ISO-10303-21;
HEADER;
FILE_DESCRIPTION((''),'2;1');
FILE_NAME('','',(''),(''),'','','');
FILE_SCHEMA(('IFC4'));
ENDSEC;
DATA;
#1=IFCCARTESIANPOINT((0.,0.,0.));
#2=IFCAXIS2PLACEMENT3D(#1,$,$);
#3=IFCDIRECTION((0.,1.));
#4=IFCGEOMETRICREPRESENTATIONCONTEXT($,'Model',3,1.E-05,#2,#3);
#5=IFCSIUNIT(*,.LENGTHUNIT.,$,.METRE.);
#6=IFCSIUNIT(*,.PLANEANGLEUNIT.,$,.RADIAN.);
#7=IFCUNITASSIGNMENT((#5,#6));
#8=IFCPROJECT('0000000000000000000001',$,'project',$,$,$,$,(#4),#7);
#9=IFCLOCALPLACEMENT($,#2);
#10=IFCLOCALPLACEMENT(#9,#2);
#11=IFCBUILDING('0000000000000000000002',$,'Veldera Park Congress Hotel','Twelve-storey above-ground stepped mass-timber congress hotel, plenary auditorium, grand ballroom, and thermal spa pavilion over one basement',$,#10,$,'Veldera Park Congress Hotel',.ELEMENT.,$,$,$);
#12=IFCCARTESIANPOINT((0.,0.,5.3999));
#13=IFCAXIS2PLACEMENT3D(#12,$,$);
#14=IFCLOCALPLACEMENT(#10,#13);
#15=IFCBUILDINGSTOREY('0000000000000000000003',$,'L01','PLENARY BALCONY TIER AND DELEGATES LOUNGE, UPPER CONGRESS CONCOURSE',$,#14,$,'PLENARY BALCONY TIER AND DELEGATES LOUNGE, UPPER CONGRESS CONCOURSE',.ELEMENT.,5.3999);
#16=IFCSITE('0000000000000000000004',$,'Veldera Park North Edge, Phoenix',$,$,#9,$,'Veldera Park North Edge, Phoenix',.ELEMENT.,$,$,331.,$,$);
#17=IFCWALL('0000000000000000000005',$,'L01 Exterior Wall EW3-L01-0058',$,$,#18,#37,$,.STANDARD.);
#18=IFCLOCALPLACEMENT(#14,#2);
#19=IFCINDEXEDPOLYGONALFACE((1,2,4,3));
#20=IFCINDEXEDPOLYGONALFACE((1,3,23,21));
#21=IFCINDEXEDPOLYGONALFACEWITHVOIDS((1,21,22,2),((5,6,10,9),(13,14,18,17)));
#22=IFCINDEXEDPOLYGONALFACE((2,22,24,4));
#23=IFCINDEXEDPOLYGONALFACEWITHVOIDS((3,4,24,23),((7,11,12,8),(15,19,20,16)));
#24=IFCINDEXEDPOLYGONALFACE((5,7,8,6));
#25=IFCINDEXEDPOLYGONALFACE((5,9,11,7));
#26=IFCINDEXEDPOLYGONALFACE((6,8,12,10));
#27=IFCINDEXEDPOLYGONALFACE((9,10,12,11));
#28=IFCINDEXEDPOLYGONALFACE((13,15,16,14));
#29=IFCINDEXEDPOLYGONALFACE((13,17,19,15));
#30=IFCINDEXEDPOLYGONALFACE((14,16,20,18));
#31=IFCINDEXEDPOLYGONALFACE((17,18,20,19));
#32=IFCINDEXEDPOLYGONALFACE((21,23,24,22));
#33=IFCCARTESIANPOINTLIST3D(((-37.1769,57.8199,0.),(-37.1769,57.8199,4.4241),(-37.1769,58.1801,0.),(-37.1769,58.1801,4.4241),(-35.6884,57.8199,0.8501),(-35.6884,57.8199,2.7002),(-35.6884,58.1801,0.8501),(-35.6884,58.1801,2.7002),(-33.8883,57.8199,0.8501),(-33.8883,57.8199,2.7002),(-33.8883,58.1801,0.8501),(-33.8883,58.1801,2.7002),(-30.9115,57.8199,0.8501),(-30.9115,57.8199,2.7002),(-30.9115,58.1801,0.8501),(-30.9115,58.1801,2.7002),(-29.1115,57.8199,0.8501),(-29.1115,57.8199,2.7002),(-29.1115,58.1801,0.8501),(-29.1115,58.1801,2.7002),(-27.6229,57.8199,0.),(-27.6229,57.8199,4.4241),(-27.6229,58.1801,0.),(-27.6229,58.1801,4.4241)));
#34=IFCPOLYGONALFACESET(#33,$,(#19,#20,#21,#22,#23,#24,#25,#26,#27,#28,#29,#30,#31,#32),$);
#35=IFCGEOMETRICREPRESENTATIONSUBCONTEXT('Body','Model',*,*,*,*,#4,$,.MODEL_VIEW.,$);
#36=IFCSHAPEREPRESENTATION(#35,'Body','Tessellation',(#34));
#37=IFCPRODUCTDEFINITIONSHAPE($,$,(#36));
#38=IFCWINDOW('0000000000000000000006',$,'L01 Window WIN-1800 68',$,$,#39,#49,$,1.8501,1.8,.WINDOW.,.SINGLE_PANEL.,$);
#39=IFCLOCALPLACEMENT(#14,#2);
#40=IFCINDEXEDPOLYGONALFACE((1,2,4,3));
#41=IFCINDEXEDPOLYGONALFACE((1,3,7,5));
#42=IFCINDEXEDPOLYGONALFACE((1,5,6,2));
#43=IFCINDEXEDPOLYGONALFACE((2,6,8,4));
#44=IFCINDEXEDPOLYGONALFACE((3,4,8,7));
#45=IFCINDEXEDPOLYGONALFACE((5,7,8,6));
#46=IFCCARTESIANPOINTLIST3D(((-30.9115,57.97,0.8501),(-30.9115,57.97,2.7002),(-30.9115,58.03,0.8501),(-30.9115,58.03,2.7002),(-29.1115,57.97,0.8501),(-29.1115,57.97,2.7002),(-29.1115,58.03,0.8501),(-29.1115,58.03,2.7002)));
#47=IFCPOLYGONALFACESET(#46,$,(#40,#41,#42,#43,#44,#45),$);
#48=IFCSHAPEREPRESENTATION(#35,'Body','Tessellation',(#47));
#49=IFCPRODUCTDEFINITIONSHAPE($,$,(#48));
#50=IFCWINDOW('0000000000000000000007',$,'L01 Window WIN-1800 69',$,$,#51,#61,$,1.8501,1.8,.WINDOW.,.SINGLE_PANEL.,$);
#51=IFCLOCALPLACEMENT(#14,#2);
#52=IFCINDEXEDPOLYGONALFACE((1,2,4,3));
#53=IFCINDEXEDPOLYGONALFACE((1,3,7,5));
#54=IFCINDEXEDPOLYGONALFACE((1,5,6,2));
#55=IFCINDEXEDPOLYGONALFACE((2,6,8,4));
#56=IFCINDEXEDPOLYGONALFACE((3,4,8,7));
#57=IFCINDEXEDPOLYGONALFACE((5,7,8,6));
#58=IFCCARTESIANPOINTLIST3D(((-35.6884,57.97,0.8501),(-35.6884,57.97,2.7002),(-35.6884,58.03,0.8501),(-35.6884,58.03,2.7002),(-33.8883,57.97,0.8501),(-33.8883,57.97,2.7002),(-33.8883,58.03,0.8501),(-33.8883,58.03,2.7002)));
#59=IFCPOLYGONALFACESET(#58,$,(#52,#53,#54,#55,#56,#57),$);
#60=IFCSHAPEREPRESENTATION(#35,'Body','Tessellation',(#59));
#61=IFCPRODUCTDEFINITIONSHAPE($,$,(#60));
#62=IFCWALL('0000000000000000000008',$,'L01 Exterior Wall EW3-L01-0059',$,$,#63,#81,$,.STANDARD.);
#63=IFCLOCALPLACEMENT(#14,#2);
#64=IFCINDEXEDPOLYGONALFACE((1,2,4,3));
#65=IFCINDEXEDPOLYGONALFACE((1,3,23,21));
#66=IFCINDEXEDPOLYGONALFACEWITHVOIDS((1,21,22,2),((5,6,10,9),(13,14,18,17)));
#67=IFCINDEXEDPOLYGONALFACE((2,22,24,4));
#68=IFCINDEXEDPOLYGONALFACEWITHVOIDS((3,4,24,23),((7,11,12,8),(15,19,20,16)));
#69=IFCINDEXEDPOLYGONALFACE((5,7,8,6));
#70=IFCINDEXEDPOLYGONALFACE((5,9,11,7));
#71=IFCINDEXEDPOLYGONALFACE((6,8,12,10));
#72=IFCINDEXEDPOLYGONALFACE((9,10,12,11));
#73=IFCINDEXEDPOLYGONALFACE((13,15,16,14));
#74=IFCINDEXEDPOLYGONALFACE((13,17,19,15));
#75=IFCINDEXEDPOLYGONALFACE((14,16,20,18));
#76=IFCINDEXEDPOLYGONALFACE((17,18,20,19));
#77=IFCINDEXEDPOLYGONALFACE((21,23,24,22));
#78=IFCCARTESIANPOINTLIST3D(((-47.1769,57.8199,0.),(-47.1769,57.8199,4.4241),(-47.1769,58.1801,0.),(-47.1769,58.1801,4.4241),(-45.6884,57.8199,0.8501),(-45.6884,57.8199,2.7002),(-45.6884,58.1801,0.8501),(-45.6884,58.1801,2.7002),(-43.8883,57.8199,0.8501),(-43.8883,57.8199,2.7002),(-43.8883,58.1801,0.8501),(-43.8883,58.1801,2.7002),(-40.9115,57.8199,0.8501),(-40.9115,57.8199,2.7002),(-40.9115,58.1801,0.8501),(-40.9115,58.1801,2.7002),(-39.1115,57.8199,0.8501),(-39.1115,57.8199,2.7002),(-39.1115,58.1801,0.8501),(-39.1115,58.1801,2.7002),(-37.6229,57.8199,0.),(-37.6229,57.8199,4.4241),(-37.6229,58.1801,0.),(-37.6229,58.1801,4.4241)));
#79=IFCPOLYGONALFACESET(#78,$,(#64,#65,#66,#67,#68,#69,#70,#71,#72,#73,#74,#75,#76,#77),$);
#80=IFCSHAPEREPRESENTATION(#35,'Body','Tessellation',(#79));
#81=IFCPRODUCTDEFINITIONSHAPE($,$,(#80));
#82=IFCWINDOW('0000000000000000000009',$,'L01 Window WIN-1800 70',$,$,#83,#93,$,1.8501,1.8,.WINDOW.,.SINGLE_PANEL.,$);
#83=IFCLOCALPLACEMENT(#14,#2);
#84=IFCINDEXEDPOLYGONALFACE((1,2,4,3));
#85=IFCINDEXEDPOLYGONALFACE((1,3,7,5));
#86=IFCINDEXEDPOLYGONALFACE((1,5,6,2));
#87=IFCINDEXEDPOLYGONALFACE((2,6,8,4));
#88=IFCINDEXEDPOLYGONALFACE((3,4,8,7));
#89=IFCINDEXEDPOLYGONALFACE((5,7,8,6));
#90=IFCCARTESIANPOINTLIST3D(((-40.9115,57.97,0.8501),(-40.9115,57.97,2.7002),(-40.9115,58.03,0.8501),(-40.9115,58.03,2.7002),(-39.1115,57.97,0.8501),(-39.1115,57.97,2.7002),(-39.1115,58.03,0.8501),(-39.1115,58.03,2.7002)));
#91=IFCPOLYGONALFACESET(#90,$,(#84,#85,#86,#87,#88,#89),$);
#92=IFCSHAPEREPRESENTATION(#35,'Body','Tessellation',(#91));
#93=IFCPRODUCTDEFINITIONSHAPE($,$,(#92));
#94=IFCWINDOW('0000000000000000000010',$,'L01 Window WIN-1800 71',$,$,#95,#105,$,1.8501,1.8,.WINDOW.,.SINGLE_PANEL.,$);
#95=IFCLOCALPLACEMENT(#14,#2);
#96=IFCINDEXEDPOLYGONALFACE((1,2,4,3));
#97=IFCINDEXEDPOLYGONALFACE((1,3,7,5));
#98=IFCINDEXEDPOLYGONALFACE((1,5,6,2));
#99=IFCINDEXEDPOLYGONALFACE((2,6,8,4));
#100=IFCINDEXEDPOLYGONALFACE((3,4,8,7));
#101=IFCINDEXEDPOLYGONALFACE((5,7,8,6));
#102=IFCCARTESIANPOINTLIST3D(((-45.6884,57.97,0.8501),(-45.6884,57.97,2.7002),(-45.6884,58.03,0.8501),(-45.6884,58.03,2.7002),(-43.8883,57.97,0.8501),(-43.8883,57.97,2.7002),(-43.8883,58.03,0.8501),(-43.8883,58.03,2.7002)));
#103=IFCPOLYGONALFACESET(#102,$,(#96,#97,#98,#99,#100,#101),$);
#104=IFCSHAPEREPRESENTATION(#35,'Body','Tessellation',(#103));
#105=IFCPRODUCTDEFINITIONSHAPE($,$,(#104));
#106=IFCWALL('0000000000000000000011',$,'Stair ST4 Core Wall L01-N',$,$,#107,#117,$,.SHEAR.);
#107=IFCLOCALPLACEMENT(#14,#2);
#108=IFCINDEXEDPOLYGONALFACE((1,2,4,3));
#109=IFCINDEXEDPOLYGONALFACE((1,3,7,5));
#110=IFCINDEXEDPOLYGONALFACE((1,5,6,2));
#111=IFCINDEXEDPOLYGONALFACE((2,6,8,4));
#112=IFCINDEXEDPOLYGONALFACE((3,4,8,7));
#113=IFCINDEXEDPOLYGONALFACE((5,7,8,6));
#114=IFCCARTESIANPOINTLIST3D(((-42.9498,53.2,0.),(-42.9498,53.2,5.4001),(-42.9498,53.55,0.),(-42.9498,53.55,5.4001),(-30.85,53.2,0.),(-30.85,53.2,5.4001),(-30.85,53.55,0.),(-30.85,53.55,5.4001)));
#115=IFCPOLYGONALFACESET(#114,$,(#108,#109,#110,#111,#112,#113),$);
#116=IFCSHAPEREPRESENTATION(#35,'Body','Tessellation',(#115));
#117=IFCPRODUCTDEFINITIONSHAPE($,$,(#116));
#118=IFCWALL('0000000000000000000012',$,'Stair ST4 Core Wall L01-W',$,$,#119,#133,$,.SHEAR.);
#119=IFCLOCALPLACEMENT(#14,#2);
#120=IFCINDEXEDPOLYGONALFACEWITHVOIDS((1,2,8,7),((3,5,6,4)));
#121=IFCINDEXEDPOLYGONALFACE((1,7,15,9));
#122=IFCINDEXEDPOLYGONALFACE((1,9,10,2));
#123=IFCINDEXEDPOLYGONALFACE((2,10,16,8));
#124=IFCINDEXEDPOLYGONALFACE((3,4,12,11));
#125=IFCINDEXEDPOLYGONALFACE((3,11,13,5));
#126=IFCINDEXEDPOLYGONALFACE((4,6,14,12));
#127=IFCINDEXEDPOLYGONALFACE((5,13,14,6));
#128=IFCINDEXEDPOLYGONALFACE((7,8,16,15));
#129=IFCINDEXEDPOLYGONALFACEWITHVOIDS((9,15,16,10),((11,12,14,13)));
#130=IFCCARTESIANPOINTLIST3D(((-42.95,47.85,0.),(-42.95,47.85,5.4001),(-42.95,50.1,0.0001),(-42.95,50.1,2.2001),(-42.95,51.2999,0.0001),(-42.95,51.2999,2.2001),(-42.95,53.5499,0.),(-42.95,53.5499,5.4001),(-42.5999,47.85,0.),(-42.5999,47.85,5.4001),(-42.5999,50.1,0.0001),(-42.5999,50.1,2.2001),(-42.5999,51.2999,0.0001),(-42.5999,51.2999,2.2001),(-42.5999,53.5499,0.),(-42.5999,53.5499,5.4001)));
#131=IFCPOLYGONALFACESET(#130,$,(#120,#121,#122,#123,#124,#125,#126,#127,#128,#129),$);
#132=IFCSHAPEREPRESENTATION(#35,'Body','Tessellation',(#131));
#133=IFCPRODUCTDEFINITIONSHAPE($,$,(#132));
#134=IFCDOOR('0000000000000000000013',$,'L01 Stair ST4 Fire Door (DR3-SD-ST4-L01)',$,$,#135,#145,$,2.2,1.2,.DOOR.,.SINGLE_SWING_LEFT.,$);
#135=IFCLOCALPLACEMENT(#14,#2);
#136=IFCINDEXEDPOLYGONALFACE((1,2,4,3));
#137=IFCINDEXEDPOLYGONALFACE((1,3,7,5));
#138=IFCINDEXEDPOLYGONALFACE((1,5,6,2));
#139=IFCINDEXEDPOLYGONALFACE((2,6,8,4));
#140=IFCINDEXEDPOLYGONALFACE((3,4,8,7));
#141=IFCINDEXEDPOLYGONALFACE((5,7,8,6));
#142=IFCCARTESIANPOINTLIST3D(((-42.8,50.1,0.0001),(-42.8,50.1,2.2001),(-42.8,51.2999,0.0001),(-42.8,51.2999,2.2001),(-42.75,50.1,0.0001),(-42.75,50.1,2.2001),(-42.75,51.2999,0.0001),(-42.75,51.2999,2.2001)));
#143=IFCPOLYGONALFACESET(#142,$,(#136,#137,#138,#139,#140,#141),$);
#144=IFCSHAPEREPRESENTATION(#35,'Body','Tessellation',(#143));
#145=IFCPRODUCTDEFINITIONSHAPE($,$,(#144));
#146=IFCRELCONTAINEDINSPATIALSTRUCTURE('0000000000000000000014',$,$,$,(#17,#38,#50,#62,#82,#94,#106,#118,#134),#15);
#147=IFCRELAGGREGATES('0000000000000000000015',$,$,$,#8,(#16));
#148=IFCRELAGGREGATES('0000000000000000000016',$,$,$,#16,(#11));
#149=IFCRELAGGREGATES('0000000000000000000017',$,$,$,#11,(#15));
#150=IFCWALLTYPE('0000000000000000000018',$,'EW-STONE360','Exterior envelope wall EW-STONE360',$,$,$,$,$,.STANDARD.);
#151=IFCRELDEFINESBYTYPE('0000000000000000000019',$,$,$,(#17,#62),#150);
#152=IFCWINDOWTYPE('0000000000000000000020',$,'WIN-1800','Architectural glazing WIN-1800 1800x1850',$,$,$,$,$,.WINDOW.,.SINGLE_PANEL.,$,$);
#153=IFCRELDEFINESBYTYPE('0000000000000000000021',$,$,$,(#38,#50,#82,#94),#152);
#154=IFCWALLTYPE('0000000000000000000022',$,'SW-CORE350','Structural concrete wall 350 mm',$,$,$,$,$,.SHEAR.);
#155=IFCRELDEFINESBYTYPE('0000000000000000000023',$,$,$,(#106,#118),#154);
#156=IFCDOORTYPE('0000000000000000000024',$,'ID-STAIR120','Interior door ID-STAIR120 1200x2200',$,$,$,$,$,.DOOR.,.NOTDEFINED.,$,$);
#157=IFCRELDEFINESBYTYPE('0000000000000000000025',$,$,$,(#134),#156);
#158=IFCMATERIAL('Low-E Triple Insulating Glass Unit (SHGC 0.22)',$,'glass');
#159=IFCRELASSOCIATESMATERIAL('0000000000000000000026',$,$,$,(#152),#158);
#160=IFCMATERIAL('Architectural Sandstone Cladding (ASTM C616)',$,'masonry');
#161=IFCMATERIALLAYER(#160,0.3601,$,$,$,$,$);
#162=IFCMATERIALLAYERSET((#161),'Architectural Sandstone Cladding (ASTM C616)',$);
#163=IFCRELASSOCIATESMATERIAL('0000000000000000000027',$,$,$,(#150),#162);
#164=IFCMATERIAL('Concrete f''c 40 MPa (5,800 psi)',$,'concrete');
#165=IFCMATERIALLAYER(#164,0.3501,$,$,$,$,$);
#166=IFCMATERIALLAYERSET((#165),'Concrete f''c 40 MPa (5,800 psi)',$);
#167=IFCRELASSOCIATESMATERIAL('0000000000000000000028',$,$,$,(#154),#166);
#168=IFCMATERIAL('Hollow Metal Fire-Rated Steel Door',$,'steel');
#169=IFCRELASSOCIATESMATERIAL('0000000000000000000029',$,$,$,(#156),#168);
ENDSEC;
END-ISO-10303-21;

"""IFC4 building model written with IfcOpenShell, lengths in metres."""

from ifc_helpers import new_model, si_unit, direction, frame, frame_2d, origin, place, context, subcontext, project, spatial, rectangle, extrude, material, layer, layer_set, type_object, element, fill, save


model = new_model("IFC4")

# Units and contexts
model_context = context("Model", 3, precision=1e-05, world=origin(), true_north=direction((0.0, 1.0)))
body_context = subcontext(model_context, "Body", "Model", "MODEL_VIEW")
ifc_project = project(units=[si_unit("LENGTHUNIT", "METRE"), si_unit("PLANEANGLEUNIT", "RADIAN")], contexts=[model_context])

# Site, building, storey
site_placement = place(None, origin())
site = spatial("IfcSite", under=ifc_project, at=site_placement, Name="Veldera Park North Edge, Phoenix", LongName="Veldera Park North Edge, Phoenix", CompositionType="ELEMENT", RefElevation=331.0)
building_placement = place(site_placement, origin())
building = spatial("IfcBuilding", under=site, at=building_placement, Name="Veldera Park Congress Hotel", Description="Twelve-storey above-ground stepped mass-timber congress hotel, plenary auditorium, grand ballroom, and thermal spa pavilion over one basement", LongName="Veldera Park Congress Hotel", CompositionType="ELEMENT")
storey_placement = place(building_placement, frame((0.0, 0.0, 5.3999)))
storey = spatial("IfcBuildingStorey", under=building, at=storey_placement, Name="L01", Description="PLENARY BALCONY TIER AND DELEGATES LOUNGE, UPPER CONGRESS CONCOURSE", LongName="PLENARY BALCONY TIER AND DELEGATES LOUNGE, UPPER CONGRESS CONCOURSE", CompositionType="ELEMENT", Elevation=5.3999)

# Walls, openings, windows
ifc_material_1 = material(Name="Low-E Triple Insulating Glass Unit (SHGC 0.22)", Category="glass")
window_type = type_object("IfcWindowType", Name="WIN-1800", Description="Architectural glazing WIN-1800 1800x1850", PartitioningType="SINGLE_PANEL", PredefinedType="WINDOW", material=ifc_material_1)
ifc_material_2 = material(Name="Architectural Sandstone Cladding (ASTM C616)", Category="masonry")
ifc_layer_1 = layer(ifc_material_2, 0.3601)
ifc_layer_set_1 = layer_set([ifc_layer_1], Name="Architectural Sandstone Cladding (ASTM C616)")
wall_type_1 = type_object("IfcWallType", Name="EW-STONE360", Description="Exterior envelope wall EW-STONE360", PredefinedType="STANDARD", material=ifc_layer_set_1)
wall_1_placement = place(storey_placement, frame((-27.623, 58.0, 0.0), z_axis=(0.0, 0.0, 1.0), x_axis=(-1.0, 0.0, 0.0)))
wall_1 = element("IfcWall", 1, at=wall_1_placement, inside=storey, type_object=wall_type_1, Name="L01 Exterior Wall EW3-L01-0058", PredefinedType="STANDARD", context=body_context, shape_type="SweptSolid", body=[
    extrude(rectangle(XDim=9.554, YDim=0.3601, at=frame_2d((4.7769, 0.0))), origin(), (0.0, 0.0, 1.0), 4.4241),
])
opening_1_placement = place(wall_1_placement, frame((1.4885, 0.0, 0.8501)))
opening_1 = element("IfcOpeningElement", 2, at=opening_1_placement, cuts=wall_1, PredefinedType="OPENING", context=body_context, shape_type="SweptSolid", body=[
    extrude(rectangle(XDim=1.8, YDim=1.8501, at=frame_2d((0.8999, 0.925))), frame((0.0, 0.1921, 0.0), z_axis=(0.0, -1.0, 0.0), x_axis=(1.0, 0.0, 0.0)), (0.0, 0.0, 1.0), 0.384),
])
opening_2_placement = place(wall_1_placement, frame((6.2654, 0.0, 0.8501)))
opening_2 = element("IfcOpeningElement", 3, at=opening_2_placement, cuts=wall_1, PredefinedType="OPENING", context=body_context, shape_type="SweptSolid", body=[
    extrude(rectangle(XDim=1.8, YDim=1.8501, at=frame_2d((0.8999, 0.925))), frame((0.0, 0.1921, 0.0), z_axis=(0.0, -1.0, 0.0), x_axis=(1.0, 0.0, 0.0)), (0.0, 0.0, 1.0), 0.384),
])
window_1_placement = place(opening_1_placement, origin())
window_1 = element("IfcWindow", 4, at=window_1_placement, inside=storey, type_object=window_type, Name="L01 Window WIN-1800 68", OverallHeight=1.8501, OverallWidth=1.8, PartitioningType="SINGLE_PANEL", PredefinedType="WINDOW", context=body_context, shape_type="SweptSolid", body=[
    extrude(rectangle(XDim=1.8, YDim=1.8501, at=frame_2d((0.8999, 0.925))), frame((0.0, 0.03, 0.0), z_axis=(0.0, -1.0, 0.0), x_axis=(1.0, 0.0, 0.0)), (0.0, 0.0, 1.0), 0.0601),
])
fill(opening_1, window_1)
window_2_placement = place(opening_2_placement, origin())
window_2 = element("IfcWindow", 5, at=window_2_placement, inside=storey, type_object=window_type, Name="L01 Window WIN-1800 69", OverallHeight=1.8501, OverallWidth=1.8, PartitioningType="SINGLE_PANEL", PredefinedType="WINDOW", context=body_context, shape_type="SweptSolid", body=[
    extrude(rectangle(XDim=1.8, YDim=1.8501, at=frame_2d((0.8999, 0.925))), frame((0.0, 0.03, 0.0), z_axis=(0.0, -1.0, 0.0), x_axis=(1.0, 0.0, 0.0)), (0.0, 0.0, 1.0), 0.0601),
])
fill(opening_2, window_2)
wall_2_placement = place(storey_placement, frame((-37.623, 58.0, 0.0), z_axis=(0.0, 0.0, 1.0), x_axis=(-1.0, 0.0, 0.0)))
wall_2 = element("IfcWall", 6, at=wall_2_placement, inside=storey, type_object=wall_type_1, Name="L01 Exterior Wall EW3-L01-0059", PredefinedType="STANDARD", context=body_context, shape_type="SweptSolid", body=[
    extrude(rectangle(XDim=9.554, YDim=0.3601, at=frame_2d((4.7769, 0.0))), origin(), (0.0, 0.0, 1.0), 4.4241),
])
opening_3_placement = place(wall_2_placement, frame((1.4885, 0.0, 0.8501)))
opening_3 = element("IfcOpeningElement", 7, at=opening_3_placement, cuts=wall_2, PredefinedType="OPENING", context=body_context, shape_type="SweptSolid", body=[
    extrude(rectangle(XDim=1.8, YDim=1.8501, at=frame_2d((0.8999, 0.925))), frame((0.0, 0.1921, 0.0), z_axis=(0.0, -1.0, 0.0), x_axis=(1.0, 0.0, 0.0)), (0.0, 0.0, 1.0), 0.384),
])
opening_4_placement = place(wall_2_placement, frame((6.2654, 0.0, 0.8501)))
opening_4 = element("IfcOpeningElement", 8, at=opening_4_placement, cuts=wall_2, PredefinedType="OPENING", context=body_context, shape_type="SweptSolid", body=[
    extrude(rectangle(XDim=1.8, YDim=1.8501, at=frame_2d((0.8999, 0.925))), frame((0.0, 0.1921, 0.0), z_axis=(0.0, -1.0, 0.0), x_axis=(1.0, 0.0, 0.0)), (0.0, 0.0, 1.0), 0.384),
])
window_3_placement = place(opening_3_placement, origin())
window_3 = element("IfcWindow", 9, at=window_3_placement, inside=storey, type_object=window_type, Name="L01 Window WIN-1800 70", OverallHeight=1.8501, OverallWidth=1.8, PartitioningType="SINGLE_PANEL", PredefinedType="WINDOW", context=body_context, shape_type="SweptSolid", body=[
    extrude(rectangle(XDim=1.8, YDim=1.8501, at=frame_2d((0.8999, 0.925))), frame((0.0, 0.03, 0.0), z_axis=(0.0, -1.0, 0.0), x_axis=(1.0, 0.0, 0.0)), (0.0, 0.0, 1.0), 0.0601),
])
fill(opening_3, window_3)
window_4_placement = place(opening_4_placement, origin())
window_4 = element("IfcWindow", 10, at=window_4_placement, inside=storey, type_object=window_type, Name="L01 Window WIN-1800 71", OverallHeight=1.8501, OverallWidth=1.8, PartitioningType="SINGLE_PANEL", PredefinedType="WINDOW", context=body_context, shape_type="SweptSolid", body=[
    extrude(rectangle(XDim=1.8, YDim=1.8501, at=frame_2d((0.8999, 0.925))), frame((0.0, 0.03, 0.0), z_axis=(0.0, -1.0, 0.0), x_axis=(1.0, 0.0, 0.0)), (0.0, 0.0, 1.0), 0.0601),
])
fill(opening_4, window_4)

# Wall
ifc_material_3 = material(Name="Concrete f'c 40 MPa (5,800 psi)", Category="concrete")
ifc_layer_2 = layer(ifc_material_3, 0.3501)
ifc_layer_set_2 = layer_set([ifc_layer_2], Name="Concrete f'c 40 MPa (5,800 psi)")
wall_type_2 = type_object("IfcWallType", Name="SW-CORE350", Description="Structural concrete wall 350 mm", PredefinedType="SHEAR", material=ifc_layer_set_2)
wall_3_placement = place(storey_placement, frame((-30.8501, 53.375, 0.0), z_axis=(0.0, 0.0, 1.0), x_axis=(-1.0, 0.0, 0.0)))
element("IfcWall", 11, at=wall_3_placement, inside=storey, type_object=wall_type_2, Name="Stair ST4 Core Wall L01-N", PredefinedType="SHEAR", context=body_context, shape_type="SweptSolid", body=[
    extrude(rectangle(XDim=12.0999, YDim=0.3501, at=frame_2d((6.0498, 0.0))), origin(), (0.0, 0.0, 1.0), 5.4001),
])

# Wall, opening, door
wall_4_placement = place(storey_placement, frame((-42.7749, 53.55, 0.0), z_axis=(0.0, 0.0, 1.0), x_axis=(0.0, -1.0, 0.0)))
wall_4 = element("IfcWall", 12, at=wall_4_placement, inside=storey, type_object=wall_type_2, Name="Stair ST4 Core Wall L01-W", PredefinedType="SHEAR", context=body_context, shape_type="SweptSolid", body=[
    extrude(rectangle(XDim=5.7, YDim=0.3501, at=frame_2d((2.8501, 0.0))), origin(), (0.0, 0.0, 1.0), 5.4001),
])
opening_5_placement = place(wall_4_placement, frame((2.25, 0.0, 0.0)))
opening_5 = element("IfcOpeningElement", 13, at=opening_5_placement, cuts=wall_4, PredefinedType="OPENING", context=body_context, shape_type="SweptSolid", body=[
    extrude(rectangle(XDim=1.2, YDim=2.2, at=frame_2d((0.6001, 1.1001))), frame((0.0, 0.187, 0.0), z_axis=(0.0, -1.0, 0.0), x_axis=(1.0, 0.0, 0.0)), (0.0, 0.0, 1.0), 0.374),
])
ifc_material_4 = material(Name="Hollow Metal Fire-Rated Steel Door", Category="steel")
door_type = type_object("IfcDoorType", Name="ID-STAIR120", Description="Interior door ID-STAIR120 1200x2200", OperationType="NOTDEFINED", PredefinedType="DOOR", material=ifc_material_4)
door_placement = place(opening_5_placement, origin())
door = element("IfcDoor", 14, at=door_placement, inside=storey, type_object=door_type, Name="L01 Stair ST4 Fire Door (DR3-SD-ST4-L01)", OperationType="SINGLE_SWING_LEFT", OverallHeight=2.2, OverallWidth=1.2, PredefinedType="DOOR", context=body_context, shape_type="SweptSolid", body=[
    extrude(rectangle(XDim=1.2, YDim=2.2, at=frame_2d((0.6001, 1.1001))), frame((0.0, 0.0249, 0.0), z_axis=(0.0, -1.0, 0.0), x_axis=(1.0, 0.0, 0.0)), (0.0, 0.0, 1.0), 0.05),
])
fill(opening_5, door)

save(model, "model.ifc")
